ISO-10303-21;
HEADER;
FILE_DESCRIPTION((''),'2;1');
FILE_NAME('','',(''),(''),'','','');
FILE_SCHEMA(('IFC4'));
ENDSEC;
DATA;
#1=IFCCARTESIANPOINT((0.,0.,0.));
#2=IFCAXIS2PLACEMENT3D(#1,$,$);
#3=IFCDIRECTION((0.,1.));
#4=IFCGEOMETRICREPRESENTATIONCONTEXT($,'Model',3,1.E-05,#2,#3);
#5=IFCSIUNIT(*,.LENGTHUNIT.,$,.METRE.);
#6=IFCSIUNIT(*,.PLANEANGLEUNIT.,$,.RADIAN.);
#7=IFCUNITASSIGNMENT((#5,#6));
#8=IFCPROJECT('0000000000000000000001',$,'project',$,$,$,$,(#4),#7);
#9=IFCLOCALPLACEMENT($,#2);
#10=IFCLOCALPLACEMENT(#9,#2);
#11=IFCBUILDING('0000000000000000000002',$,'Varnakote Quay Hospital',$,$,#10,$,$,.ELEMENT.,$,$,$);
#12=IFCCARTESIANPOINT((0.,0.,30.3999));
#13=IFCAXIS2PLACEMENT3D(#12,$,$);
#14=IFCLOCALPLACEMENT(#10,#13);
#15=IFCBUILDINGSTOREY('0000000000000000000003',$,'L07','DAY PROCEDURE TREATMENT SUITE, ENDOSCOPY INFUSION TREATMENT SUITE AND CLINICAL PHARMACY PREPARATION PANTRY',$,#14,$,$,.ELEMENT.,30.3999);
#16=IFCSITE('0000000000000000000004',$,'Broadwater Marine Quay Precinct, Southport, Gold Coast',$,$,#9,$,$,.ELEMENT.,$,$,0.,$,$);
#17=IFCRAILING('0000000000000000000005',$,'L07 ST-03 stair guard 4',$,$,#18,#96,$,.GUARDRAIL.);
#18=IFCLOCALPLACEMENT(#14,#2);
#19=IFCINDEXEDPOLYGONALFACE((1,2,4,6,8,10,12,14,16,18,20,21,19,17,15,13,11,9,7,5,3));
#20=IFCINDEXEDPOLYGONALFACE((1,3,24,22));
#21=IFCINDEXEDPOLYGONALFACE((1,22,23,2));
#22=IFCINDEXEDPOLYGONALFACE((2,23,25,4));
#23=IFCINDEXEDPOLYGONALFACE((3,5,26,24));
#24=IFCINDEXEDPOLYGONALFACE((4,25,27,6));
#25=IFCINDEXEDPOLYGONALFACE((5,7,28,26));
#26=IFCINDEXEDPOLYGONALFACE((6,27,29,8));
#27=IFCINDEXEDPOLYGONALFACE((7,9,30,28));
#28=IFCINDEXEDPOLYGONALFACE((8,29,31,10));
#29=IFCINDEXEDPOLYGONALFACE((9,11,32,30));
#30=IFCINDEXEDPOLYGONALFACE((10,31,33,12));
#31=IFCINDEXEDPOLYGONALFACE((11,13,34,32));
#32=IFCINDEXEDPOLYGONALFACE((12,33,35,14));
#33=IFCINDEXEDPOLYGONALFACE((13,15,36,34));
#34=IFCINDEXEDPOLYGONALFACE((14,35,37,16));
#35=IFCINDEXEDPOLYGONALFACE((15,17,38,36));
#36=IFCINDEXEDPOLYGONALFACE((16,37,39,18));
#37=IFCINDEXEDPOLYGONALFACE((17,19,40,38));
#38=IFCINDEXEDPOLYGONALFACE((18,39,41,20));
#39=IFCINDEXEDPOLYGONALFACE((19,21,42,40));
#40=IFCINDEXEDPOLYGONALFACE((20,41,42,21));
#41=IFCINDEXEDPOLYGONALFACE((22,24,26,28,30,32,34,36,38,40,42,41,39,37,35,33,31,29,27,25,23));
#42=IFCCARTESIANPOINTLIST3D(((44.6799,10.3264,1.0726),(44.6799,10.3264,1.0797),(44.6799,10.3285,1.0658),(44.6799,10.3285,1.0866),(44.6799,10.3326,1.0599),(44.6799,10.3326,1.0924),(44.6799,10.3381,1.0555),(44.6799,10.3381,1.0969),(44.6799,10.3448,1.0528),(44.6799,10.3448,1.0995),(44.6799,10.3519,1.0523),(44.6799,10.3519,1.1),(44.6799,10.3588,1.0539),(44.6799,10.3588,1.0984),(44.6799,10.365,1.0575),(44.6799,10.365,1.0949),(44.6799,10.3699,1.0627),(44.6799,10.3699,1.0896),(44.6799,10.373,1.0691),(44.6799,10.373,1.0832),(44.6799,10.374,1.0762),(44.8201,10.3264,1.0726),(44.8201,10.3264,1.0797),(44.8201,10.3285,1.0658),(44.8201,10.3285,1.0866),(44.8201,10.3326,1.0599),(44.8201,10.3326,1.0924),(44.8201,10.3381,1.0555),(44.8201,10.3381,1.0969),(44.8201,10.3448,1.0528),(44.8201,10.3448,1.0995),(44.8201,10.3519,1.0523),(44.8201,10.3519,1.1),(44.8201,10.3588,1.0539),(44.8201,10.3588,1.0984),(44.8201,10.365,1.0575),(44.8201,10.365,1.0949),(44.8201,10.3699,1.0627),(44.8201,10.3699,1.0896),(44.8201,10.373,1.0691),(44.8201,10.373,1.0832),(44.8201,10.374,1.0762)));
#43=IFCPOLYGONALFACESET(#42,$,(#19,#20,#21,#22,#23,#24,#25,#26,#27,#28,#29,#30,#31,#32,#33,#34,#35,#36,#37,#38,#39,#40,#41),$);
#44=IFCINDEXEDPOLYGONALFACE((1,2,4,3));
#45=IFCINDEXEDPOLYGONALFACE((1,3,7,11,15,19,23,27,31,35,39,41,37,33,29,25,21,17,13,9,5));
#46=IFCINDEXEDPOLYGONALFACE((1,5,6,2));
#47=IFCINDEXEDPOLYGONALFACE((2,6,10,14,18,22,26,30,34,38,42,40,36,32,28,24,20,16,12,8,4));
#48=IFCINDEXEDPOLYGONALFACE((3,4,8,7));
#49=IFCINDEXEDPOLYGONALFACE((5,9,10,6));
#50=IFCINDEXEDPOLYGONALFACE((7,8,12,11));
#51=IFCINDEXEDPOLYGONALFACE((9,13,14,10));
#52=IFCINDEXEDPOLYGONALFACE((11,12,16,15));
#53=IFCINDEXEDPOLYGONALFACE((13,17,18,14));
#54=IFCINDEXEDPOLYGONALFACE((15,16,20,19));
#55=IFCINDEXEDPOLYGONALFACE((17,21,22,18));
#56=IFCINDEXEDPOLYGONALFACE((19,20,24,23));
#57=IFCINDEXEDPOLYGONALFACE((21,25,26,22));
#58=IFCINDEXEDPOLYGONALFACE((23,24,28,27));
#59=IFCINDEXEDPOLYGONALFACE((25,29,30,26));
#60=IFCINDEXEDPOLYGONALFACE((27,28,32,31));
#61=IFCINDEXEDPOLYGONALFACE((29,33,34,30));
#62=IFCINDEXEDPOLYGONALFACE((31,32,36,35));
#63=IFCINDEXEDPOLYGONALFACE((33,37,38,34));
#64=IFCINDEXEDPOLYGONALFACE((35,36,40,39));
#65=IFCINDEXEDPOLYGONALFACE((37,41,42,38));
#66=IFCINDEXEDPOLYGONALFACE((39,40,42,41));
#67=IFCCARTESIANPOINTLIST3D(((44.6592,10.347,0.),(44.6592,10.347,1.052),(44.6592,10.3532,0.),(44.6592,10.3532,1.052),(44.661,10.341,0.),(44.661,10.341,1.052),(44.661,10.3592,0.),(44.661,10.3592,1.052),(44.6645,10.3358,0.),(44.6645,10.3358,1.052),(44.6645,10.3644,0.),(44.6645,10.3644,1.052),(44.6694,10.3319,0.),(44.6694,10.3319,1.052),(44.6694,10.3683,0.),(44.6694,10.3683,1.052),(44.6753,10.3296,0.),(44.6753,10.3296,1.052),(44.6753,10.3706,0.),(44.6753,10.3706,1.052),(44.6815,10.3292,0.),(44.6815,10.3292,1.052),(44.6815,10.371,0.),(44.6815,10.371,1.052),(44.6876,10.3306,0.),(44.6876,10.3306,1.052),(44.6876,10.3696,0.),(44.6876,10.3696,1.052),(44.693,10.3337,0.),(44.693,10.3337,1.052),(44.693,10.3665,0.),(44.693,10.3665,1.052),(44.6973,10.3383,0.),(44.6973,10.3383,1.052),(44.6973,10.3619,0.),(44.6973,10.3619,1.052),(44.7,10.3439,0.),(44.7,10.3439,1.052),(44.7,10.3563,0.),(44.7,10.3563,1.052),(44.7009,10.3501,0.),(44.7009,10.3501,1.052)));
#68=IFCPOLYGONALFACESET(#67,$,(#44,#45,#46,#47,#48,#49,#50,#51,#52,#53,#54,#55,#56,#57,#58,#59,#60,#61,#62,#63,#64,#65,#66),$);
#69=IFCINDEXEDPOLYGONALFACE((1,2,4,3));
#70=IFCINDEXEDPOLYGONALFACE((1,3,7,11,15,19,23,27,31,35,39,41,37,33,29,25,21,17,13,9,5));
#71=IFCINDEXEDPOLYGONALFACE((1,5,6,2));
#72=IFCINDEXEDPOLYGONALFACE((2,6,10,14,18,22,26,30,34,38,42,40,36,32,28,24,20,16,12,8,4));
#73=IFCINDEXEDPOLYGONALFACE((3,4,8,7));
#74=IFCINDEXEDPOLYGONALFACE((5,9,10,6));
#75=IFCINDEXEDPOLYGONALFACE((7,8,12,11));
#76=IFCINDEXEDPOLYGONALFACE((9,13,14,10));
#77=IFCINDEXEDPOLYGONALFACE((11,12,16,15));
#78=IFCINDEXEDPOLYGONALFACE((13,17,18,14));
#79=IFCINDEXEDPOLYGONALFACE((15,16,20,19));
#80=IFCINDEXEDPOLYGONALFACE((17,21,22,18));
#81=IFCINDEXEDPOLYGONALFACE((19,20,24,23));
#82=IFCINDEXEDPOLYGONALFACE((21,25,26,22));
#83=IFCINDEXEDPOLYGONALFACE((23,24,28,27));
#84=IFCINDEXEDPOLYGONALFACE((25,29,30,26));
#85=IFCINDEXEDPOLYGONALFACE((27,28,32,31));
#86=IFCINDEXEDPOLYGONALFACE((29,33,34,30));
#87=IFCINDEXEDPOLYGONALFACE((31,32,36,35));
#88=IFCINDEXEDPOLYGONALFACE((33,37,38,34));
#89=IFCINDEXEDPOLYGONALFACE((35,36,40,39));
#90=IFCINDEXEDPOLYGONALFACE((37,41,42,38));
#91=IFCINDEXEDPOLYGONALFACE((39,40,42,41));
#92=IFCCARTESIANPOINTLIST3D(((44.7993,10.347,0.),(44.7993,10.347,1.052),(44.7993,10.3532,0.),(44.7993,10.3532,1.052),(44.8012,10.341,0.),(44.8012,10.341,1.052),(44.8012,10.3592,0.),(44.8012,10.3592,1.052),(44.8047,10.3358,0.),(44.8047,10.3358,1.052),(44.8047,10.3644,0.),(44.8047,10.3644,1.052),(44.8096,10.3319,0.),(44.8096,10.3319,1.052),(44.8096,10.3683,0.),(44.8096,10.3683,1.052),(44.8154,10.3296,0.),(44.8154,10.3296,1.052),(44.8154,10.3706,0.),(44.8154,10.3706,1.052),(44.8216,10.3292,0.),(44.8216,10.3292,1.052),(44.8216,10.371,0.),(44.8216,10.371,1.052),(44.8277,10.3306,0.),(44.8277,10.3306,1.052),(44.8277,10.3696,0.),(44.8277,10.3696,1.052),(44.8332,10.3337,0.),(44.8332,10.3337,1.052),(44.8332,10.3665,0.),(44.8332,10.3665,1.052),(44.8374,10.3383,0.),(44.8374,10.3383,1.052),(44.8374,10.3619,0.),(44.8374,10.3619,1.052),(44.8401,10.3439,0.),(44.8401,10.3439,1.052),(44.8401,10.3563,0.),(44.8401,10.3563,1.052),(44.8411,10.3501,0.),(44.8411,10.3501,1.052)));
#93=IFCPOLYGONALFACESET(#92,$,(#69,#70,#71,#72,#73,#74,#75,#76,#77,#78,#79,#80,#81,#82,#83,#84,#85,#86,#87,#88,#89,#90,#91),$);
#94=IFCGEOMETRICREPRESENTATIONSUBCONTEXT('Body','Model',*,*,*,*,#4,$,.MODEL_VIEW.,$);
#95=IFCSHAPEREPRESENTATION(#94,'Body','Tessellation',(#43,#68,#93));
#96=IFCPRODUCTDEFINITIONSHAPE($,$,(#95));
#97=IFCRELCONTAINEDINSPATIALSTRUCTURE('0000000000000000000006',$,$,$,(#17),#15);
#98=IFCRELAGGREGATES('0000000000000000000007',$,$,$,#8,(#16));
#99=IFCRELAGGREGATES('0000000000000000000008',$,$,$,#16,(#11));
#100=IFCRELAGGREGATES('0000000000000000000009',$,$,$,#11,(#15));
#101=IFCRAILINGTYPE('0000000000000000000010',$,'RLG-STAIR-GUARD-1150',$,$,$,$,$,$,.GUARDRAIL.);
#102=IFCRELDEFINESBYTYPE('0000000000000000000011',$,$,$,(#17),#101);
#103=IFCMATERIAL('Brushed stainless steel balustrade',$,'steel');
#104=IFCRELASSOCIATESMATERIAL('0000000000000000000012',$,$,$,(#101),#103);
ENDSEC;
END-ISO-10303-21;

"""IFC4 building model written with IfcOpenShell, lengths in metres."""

from ifc_helpers import new_model, si_unit, direction, frame, origin, origin_2d, place, context, subcontext, project, spatial, circle, extrude, material, type_object, element, save


model = new_model("IFC4")

# Units and contexts
model_context = context("Model", 3, precision=1e-05, world=origin(), true_north=direction((0.0, 1.0)))
body_context = subcontext(model_context, "Body", "Model", "MODEL_VIEW")
ifc_project = project(units=[si_unit("LENGTHUNIT", "METRE"), si_unit("PLANEANGLEUNIT", "RADIAN")], contexts=[model_context])

# Site, building, storey
site_placement = place(None, origin())
site = spatial("IfcSite", under=ifc_project, at=site_placement, Name="Broadwater Marine Quay Precinct, Southport, Gold Coast", CompositionType="ELEMENT", RefElevation=0.0)
building_placement = place(site_placement, origin())
building = spatial("IfcBuilding", under=site, at=building_placement, Name="Varnakote Quay Hospital", CompositionType="ELEMENT")
storey_placement = place(building_placement, frame((0.0, 0.0, 30.3999)))
storey = spatial("IfcBuildingStorey", under=building, at=storey_placement, Name="L07", Description="DAY PROCEDURE TREATMENT SUITE, ENDOSCOPY INFUSION TREATMENT SUITE AND CLINICAL PHARMACY PREPARATION PANTRY", CompositionType="ELEMENT", Elevation=30.3999)

# Railing
ifc_material_1 = material(Name="Brushed stainless steel balustrade", Category="steel")
railing_type_1 = type_object("IfcRailingType", Name="RLG-STAIR-GUARD-1150", PredefinedType="GUARDRAIL", material=ifc_material_1)
railing_1_placement = place(storey_placement, frame((44.6799, 10.3501, 0.0)))
element("IfcRailing", 1, at=railing_1_placement, inside=storey, type_object=railing_type_1, Name="L07 ST-03 stair guard 4", PredefinedType="GUARDRAIL", context=body_context, shape_type="SweptSolid", body=[
    extrude(circle(Radius=0.0239, at=origin_2d()), frame((0.0, 0.0, 1.0762), z_axis=(1.0, 0.0, 0.0), x_axis=(0.0, 1.0, 0.0)), (0.0, 0.0, 1.0), 0.1401),
    extrude(circle(Radius=0.021, at=origin_2d()), origin(), (0.0, 0.0, 1.0), 1.052),
    extrude(circle(Radius=0.021, at=origin_2d()), frame((0.1401, 0.0, 0.0)), (0.0, 0.0, 1.0), 1.052),
])

save(model, "model.ifc")
